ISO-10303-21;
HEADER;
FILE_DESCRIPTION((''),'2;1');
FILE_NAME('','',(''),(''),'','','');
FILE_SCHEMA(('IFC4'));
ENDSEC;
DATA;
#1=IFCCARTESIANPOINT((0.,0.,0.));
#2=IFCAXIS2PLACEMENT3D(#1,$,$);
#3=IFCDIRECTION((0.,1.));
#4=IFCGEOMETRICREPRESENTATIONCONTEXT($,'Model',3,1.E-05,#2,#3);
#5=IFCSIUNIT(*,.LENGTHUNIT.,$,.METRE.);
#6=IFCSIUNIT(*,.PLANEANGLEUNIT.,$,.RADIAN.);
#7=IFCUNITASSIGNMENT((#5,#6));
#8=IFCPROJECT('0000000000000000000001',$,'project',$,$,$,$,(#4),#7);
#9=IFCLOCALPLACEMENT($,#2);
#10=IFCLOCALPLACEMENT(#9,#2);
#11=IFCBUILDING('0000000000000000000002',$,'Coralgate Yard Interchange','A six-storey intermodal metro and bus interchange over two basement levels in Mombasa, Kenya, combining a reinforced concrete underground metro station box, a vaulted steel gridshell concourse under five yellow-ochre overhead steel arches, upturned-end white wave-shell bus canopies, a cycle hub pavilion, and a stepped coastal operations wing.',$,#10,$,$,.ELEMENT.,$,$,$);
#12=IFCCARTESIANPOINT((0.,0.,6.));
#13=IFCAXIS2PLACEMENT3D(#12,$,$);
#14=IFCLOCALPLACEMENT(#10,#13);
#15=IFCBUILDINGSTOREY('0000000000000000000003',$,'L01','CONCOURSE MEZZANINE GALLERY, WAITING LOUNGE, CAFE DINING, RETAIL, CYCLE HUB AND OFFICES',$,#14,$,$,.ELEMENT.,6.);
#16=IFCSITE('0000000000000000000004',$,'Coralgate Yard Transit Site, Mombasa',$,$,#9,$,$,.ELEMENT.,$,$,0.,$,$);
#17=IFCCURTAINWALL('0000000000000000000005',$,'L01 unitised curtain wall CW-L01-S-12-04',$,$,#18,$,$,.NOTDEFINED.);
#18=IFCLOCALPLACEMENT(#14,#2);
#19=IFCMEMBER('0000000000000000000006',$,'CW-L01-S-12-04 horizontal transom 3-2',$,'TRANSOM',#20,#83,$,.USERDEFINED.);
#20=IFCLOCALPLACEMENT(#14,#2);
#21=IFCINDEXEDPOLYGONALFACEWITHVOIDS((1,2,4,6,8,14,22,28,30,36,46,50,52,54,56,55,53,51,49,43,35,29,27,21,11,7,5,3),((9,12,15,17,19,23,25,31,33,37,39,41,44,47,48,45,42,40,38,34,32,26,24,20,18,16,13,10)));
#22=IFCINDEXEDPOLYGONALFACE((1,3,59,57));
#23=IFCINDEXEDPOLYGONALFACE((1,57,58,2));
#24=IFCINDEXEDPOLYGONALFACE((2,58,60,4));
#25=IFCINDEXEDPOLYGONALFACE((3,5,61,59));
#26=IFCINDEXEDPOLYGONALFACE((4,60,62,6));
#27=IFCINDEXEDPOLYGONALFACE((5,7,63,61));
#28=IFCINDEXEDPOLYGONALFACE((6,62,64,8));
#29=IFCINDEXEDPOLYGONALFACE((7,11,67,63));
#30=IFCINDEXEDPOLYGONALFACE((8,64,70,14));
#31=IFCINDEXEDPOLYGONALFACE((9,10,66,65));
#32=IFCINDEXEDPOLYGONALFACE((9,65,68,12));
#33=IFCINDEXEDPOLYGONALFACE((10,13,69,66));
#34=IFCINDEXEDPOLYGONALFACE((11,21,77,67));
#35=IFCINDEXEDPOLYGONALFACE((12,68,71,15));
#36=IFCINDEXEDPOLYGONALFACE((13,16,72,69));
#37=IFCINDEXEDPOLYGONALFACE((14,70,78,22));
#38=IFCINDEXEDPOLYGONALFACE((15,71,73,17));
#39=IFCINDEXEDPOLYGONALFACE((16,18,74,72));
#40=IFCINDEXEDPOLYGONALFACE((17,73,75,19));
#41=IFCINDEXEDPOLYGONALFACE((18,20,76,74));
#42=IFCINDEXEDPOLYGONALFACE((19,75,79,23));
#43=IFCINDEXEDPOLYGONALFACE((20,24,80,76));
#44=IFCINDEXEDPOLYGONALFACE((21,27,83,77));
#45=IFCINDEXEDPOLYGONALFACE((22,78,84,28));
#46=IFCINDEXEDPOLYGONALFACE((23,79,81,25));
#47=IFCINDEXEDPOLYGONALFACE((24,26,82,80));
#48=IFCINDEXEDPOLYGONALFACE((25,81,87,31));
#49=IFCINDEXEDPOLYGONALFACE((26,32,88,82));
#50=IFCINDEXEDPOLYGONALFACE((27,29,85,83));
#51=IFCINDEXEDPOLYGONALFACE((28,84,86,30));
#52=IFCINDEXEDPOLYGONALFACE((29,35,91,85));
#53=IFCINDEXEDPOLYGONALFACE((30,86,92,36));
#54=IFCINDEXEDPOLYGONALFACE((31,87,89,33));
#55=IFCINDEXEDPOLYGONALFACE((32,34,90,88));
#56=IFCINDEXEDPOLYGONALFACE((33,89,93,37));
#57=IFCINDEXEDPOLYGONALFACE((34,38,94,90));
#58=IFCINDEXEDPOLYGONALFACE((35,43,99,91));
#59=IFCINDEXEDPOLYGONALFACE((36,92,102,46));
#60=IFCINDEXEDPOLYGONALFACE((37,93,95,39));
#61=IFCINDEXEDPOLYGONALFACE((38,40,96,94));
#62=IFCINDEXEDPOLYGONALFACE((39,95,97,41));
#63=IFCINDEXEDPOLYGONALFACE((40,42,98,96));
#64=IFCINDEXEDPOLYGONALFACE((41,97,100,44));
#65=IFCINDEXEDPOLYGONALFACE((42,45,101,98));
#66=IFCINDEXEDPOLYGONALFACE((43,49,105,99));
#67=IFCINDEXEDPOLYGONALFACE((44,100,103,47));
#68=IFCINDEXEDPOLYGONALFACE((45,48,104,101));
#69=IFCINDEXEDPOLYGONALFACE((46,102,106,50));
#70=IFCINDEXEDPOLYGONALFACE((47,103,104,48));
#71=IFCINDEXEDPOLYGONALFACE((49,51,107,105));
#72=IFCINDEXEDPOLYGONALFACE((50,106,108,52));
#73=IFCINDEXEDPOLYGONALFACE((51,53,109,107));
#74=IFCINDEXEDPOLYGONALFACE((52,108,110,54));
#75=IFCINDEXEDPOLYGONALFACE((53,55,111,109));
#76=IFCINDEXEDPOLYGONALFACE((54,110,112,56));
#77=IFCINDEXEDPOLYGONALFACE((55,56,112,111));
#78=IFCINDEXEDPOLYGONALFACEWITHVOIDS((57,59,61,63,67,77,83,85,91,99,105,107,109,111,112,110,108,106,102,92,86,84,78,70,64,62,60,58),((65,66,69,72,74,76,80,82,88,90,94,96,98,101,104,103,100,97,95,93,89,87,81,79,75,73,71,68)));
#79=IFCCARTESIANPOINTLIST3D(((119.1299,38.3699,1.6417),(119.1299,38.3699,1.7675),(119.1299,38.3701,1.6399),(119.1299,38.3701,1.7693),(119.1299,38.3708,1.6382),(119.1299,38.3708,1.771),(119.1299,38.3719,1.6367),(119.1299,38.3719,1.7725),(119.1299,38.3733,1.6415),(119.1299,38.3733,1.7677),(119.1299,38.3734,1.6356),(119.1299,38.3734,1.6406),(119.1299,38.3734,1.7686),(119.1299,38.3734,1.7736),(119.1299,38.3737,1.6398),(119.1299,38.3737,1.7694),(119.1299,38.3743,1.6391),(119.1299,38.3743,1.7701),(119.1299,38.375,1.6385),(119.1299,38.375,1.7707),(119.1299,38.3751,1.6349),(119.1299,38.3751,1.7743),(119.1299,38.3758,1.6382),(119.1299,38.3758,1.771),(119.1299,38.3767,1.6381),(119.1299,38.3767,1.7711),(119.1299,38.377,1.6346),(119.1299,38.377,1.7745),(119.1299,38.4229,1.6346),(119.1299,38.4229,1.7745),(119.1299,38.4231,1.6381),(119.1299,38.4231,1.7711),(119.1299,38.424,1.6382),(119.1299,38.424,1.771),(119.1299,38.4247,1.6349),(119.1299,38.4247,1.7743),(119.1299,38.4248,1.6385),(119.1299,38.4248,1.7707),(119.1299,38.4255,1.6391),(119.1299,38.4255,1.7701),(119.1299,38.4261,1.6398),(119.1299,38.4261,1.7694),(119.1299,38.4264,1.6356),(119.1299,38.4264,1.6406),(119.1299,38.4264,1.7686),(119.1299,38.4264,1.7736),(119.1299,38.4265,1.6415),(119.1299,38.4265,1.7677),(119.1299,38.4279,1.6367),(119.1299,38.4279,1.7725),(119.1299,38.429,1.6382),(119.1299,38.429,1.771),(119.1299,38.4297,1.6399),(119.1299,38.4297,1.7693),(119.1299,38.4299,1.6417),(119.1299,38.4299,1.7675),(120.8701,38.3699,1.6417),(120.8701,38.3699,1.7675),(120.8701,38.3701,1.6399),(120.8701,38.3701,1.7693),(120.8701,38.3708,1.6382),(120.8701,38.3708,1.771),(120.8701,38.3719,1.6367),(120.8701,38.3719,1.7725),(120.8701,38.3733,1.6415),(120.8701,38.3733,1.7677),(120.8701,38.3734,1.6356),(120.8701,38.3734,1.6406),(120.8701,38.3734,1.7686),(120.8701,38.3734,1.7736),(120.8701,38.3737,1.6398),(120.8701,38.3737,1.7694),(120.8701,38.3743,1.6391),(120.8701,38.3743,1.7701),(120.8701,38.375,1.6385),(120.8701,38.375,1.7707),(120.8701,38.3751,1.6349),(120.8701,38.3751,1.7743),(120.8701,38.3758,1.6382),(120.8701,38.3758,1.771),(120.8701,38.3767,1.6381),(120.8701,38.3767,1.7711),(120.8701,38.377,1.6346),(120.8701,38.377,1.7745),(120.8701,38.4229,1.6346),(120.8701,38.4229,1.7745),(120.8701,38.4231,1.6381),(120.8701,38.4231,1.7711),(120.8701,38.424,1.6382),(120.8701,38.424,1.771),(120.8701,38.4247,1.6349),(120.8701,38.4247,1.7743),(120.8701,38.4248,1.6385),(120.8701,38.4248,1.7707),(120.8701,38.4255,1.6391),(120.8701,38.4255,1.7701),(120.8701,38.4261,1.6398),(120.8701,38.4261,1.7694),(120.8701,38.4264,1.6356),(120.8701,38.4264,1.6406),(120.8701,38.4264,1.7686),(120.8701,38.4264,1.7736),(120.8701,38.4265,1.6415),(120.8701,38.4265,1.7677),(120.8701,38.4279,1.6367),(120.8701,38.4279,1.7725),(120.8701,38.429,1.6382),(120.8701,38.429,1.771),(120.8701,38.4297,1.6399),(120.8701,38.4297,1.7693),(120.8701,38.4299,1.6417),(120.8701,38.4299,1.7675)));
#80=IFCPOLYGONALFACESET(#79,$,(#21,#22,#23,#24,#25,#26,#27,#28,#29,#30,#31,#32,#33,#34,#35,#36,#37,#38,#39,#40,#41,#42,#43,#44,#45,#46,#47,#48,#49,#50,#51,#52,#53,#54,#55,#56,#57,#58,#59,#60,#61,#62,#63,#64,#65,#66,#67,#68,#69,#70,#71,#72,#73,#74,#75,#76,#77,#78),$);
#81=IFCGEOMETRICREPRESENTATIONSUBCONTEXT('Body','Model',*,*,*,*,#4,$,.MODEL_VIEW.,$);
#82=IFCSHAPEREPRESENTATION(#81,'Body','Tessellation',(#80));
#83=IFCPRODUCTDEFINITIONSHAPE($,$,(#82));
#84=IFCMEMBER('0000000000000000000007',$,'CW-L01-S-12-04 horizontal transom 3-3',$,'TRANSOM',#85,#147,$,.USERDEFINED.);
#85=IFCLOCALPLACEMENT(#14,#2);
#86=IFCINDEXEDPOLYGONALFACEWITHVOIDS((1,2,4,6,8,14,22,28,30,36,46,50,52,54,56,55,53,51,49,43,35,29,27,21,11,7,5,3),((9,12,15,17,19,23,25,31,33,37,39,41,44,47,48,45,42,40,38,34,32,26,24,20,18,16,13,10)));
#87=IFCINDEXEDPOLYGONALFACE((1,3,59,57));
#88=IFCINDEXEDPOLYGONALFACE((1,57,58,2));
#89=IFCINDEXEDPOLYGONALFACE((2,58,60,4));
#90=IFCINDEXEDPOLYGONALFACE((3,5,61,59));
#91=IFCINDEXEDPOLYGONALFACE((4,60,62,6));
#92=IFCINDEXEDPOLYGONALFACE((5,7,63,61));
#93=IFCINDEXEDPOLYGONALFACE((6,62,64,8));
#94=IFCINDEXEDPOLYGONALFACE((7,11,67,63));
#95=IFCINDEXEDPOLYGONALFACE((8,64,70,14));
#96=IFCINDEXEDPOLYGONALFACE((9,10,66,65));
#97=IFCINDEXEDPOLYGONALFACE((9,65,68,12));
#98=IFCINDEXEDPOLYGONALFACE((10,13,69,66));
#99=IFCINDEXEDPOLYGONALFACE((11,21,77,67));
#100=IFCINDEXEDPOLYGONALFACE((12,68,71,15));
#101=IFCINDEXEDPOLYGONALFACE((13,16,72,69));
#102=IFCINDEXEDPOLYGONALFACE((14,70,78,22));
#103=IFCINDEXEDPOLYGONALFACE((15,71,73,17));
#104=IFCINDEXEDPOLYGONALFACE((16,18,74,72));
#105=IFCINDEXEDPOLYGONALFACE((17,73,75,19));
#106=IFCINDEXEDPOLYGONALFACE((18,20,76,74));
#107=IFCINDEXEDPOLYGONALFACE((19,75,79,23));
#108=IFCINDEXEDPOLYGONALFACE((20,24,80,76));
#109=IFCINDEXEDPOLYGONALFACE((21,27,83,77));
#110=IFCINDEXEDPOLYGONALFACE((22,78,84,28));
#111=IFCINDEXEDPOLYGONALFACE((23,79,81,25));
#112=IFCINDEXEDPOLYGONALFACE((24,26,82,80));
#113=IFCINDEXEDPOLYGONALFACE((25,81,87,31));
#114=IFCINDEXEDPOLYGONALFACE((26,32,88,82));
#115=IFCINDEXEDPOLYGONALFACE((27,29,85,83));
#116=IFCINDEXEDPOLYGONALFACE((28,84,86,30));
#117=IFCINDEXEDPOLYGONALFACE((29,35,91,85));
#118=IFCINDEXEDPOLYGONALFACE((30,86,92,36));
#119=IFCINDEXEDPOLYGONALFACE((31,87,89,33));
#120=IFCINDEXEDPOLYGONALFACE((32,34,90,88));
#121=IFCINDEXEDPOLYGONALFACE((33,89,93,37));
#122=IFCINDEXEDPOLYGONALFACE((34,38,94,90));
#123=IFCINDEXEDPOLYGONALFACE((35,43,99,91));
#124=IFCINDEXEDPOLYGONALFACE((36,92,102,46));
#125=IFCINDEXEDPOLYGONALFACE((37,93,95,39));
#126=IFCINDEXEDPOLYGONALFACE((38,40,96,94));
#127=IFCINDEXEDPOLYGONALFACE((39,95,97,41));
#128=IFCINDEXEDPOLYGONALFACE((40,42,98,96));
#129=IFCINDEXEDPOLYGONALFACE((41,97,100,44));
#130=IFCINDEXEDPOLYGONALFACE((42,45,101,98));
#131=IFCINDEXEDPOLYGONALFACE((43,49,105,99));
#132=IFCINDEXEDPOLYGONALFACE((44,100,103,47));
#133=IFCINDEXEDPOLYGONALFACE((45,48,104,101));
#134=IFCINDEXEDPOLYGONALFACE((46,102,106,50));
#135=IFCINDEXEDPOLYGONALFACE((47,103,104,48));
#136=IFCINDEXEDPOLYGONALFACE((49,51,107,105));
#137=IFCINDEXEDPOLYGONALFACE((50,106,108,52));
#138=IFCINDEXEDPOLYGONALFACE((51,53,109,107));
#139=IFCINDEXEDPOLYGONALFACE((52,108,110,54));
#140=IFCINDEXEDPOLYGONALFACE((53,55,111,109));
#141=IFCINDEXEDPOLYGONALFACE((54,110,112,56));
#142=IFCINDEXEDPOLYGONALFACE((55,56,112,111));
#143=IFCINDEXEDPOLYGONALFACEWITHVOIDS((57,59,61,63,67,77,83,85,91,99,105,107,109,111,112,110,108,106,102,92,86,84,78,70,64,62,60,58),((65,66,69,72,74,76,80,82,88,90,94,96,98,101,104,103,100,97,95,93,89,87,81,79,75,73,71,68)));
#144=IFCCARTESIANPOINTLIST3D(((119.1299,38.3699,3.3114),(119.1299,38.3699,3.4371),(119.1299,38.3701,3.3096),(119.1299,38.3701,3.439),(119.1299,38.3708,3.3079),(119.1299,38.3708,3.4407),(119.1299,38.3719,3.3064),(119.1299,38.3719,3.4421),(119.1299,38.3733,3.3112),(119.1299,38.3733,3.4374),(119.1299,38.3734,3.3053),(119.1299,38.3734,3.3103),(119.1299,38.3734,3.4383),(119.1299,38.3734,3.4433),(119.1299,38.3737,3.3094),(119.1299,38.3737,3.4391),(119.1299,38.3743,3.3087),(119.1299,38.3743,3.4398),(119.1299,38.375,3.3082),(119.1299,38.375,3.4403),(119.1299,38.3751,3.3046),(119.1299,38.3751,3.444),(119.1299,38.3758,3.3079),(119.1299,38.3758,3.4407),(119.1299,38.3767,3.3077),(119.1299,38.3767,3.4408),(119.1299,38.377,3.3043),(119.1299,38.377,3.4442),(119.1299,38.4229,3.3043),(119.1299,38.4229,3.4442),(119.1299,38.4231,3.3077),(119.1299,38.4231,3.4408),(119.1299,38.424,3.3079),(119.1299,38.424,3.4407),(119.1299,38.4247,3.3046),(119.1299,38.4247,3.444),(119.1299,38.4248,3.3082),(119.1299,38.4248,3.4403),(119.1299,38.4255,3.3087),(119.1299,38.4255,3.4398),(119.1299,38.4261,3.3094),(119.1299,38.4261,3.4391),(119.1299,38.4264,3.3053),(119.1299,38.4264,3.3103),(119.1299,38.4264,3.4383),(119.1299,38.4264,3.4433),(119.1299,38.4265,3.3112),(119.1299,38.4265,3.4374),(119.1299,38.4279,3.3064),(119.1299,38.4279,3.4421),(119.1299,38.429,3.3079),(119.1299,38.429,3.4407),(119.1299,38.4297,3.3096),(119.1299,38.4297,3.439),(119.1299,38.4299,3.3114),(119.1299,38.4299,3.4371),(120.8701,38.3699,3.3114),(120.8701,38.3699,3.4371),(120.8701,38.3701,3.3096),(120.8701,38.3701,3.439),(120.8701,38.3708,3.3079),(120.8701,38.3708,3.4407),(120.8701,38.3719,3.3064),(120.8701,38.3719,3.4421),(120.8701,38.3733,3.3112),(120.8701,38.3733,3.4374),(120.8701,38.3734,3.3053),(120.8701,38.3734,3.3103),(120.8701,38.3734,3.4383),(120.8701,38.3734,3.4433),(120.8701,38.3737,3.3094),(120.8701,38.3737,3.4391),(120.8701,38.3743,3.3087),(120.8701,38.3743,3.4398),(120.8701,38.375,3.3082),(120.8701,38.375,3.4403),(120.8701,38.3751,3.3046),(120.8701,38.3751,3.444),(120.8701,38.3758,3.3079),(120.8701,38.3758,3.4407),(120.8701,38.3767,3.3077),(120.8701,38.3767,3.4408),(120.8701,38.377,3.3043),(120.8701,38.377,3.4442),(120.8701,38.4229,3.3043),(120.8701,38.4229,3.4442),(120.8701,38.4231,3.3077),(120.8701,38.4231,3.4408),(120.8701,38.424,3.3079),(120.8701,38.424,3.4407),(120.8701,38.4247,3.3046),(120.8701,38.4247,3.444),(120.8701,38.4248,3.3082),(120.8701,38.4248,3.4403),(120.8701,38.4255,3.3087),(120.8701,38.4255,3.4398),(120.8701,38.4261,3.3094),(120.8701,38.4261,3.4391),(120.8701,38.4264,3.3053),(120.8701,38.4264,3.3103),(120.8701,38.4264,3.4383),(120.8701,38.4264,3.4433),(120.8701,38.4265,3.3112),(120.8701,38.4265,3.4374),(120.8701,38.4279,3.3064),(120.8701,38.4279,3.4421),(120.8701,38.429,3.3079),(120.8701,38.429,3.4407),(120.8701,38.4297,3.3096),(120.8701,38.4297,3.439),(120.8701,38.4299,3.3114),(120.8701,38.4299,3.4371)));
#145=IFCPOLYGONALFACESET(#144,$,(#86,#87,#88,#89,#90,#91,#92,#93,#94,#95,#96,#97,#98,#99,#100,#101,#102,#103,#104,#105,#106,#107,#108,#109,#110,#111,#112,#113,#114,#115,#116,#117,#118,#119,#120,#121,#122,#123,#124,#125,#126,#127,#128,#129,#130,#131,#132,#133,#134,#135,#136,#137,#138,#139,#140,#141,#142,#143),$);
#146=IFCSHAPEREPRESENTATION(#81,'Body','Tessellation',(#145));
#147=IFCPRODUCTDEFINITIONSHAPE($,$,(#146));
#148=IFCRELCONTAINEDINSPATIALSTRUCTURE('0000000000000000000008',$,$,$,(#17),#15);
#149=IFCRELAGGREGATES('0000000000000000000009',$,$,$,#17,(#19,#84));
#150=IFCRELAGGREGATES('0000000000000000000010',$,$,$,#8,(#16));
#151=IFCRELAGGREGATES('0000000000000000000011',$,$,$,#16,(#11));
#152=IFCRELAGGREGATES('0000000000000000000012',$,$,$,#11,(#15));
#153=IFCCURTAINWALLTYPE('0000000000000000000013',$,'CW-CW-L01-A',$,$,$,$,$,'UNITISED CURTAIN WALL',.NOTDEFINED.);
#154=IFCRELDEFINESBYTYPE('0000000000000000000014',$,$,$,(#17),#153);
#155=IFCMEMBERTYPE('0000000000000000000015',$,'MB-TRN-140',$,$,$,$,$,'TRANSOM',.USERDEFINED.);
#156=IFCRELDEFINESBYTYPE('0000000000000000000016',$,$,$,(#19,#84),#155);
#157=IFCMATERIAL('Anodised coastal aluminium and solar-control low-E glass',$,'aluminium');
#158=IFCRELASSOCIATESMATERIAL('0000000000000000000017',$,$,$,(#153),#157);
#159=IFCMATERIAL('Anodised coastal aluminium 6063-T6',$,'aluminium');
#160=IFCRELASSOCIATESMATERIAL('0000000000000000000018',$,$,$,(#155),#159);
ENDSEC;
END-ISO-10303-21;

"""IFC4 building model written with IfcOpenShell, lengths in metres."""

from ifc_helpers import new_model, si_unit, direction, frame, origin, origin_2d, place, context, subcontext, project, spatial, hollow_rectangle, extrude, material, material_profile, profile_set, type_object, element, aggregate, save


model = new_model("IFC4")

# Units and contexts
model_context = context("Model", 3, precision=1e-05, world=origin(), true_north=direction((0.0, 1.0)))
body_context = subcontext(model_context, "Body", "Model", "MODEL_VIEW")
ifc_project = project(units=[si_unit("LENGTHUNIT", "METRE"), si_unit("PLANEANGLEUNIT", "RADIAN")], contexts=[model_context])

# Site, building, storey
site_placement = place(None, origin())
site = spatial("IfcSite", under=ifc_project, at=site_placement, Name="Coralgate Yard Transit Site, Mombasa", CompositionType="ELEMENT", RefElevation=0.0)
building_placement = place(site_placement, origin())
building = spatial("IfcBuilding", under=site, at=building_placement, Name="Coralgate Yard Interchange", Description="A six-storey intermodal metro and bus interchange over two basement levels in Mombasa, Kenya, combining a reinforced concrete underground metro station box, a vaulted steel gridshell concourse under five yellow-ochre overhead steel arches, upturned-end white wave-shell bus canopies, a cycle hub pavilion, and a stepped coastal operations wing.", CompositionType="ELEMENT")
storey_placement = place(building_placement, frame((0.0, 0.0, 6.0)))
storey = spatial("IfcBuildingStorey", under=building, at=storey_placement, Name="L01", Description="CONCOURSE MEZZANINE GALLERY, WAITING LOUNGE, CAFE DINING, RETAIL, CYCLE HUB AND OFFICES", CompositionType="ELEMENT", Elevation=6.0)

# Curtain wall
ifc_material_1 = material(Name="Anodised coastal aluminium and solar-control low-E glass", Category="aluminium")
curtain_wall_type = type_object("IfcCurtainWallType", Name="CW-CW-L01-A", ElementType="UNITISED CURTAIN WALL", PredefinedType="NOTDEFINED", material=ifc_material_1)
curtain_wall_1_placement = place(storey_placement, origin())
curtain_wall_1 = element("IfcCurtainWall", 1, at=curtain_wall_1_placement, inside=storey, type_object=curtain_wall_type, Name="L01 unitised curtain wall CW-L01-S-12-04", PredefinedType="NOTDEFINED")
ifc_material_2 = material(Name="Anodised coastal aluminium 6063-T6", Category="aluminium")

# Members
ifc_material_profile_1 = material_profile(ifc_material_2, hollow_rectangle(XDim=0.0601, YDim=0.1399, WallThickness=0.0034, InnerFilletRadius=0.0034, OuterFilletRadius=0.0071, at=origin_2d()), Name="ALU 60x140x3.5")
ifc_profile_set_1 = profile_set([ifc_material_profile_1], Name="Anodised coastal aluminium 6063-T6")
member_type_1 = type_object("IfcMemberType", Name="MB-TRN-140", ElementType="TRANSOM", PredefinedType="USERDEFINED", material=ifc_profile_set_1)
member_1_placement = place(storey_placement, frame((120.8701, 38.3999, 1.7046), z_axis=(-1.0, 0.0, 0.0), x_axis=(0.0, -1.0, 0.0)))
member_1 = element("IfcMember", 2, at=member_1_placement, type_object=member_type_1, Name="CW-L01-S-12-04 horizontal transom 3-2", ObjectType="TRANSOM", PredefinedType="USERDEFINED", context=body_context, shape_type="SweptSolid", body=[
    extrude(hollow_rectangle(XDim=0.0601, YDim=0.1399, WallThickness=0.0034, InnerFilletRadius=0.0034, OuterFilletRadius=0.0071, at=origin_2d()), origin(), (0.0, 0.0, 1.0), 1.7402),
])
member_2_placement = place(storey_placement, frame((120.8701, 38.3999, 3.3743), z_axis=(-1.0, 0.0, 0.0), x_axis=(0.0, -1.0, 0.0)))
member_2 = element("IfcMember", 3, at=member_2_placement, type_object=member_type_1, Name="CW-L01-S-12-04 horizontal transom 3-3", ObjectType="TRANSOM", PredefinedType="USERDEFINED", context=body_context, shape_type="SweptSolid", body=[
    extrude(hollow_rectangle(XDim=0.0601, YDim=0.1399, WallThickness=0.0034, InnerFilletRadius=0.0034, OuterFilletRadius=0.0071, at=origin_2d()), origin(), (0.0, 0.0, 1.0), 1.7402),
])

aggregate(curtain_wall_1, [member_1, member_2])

save(model, "model.ifc")
